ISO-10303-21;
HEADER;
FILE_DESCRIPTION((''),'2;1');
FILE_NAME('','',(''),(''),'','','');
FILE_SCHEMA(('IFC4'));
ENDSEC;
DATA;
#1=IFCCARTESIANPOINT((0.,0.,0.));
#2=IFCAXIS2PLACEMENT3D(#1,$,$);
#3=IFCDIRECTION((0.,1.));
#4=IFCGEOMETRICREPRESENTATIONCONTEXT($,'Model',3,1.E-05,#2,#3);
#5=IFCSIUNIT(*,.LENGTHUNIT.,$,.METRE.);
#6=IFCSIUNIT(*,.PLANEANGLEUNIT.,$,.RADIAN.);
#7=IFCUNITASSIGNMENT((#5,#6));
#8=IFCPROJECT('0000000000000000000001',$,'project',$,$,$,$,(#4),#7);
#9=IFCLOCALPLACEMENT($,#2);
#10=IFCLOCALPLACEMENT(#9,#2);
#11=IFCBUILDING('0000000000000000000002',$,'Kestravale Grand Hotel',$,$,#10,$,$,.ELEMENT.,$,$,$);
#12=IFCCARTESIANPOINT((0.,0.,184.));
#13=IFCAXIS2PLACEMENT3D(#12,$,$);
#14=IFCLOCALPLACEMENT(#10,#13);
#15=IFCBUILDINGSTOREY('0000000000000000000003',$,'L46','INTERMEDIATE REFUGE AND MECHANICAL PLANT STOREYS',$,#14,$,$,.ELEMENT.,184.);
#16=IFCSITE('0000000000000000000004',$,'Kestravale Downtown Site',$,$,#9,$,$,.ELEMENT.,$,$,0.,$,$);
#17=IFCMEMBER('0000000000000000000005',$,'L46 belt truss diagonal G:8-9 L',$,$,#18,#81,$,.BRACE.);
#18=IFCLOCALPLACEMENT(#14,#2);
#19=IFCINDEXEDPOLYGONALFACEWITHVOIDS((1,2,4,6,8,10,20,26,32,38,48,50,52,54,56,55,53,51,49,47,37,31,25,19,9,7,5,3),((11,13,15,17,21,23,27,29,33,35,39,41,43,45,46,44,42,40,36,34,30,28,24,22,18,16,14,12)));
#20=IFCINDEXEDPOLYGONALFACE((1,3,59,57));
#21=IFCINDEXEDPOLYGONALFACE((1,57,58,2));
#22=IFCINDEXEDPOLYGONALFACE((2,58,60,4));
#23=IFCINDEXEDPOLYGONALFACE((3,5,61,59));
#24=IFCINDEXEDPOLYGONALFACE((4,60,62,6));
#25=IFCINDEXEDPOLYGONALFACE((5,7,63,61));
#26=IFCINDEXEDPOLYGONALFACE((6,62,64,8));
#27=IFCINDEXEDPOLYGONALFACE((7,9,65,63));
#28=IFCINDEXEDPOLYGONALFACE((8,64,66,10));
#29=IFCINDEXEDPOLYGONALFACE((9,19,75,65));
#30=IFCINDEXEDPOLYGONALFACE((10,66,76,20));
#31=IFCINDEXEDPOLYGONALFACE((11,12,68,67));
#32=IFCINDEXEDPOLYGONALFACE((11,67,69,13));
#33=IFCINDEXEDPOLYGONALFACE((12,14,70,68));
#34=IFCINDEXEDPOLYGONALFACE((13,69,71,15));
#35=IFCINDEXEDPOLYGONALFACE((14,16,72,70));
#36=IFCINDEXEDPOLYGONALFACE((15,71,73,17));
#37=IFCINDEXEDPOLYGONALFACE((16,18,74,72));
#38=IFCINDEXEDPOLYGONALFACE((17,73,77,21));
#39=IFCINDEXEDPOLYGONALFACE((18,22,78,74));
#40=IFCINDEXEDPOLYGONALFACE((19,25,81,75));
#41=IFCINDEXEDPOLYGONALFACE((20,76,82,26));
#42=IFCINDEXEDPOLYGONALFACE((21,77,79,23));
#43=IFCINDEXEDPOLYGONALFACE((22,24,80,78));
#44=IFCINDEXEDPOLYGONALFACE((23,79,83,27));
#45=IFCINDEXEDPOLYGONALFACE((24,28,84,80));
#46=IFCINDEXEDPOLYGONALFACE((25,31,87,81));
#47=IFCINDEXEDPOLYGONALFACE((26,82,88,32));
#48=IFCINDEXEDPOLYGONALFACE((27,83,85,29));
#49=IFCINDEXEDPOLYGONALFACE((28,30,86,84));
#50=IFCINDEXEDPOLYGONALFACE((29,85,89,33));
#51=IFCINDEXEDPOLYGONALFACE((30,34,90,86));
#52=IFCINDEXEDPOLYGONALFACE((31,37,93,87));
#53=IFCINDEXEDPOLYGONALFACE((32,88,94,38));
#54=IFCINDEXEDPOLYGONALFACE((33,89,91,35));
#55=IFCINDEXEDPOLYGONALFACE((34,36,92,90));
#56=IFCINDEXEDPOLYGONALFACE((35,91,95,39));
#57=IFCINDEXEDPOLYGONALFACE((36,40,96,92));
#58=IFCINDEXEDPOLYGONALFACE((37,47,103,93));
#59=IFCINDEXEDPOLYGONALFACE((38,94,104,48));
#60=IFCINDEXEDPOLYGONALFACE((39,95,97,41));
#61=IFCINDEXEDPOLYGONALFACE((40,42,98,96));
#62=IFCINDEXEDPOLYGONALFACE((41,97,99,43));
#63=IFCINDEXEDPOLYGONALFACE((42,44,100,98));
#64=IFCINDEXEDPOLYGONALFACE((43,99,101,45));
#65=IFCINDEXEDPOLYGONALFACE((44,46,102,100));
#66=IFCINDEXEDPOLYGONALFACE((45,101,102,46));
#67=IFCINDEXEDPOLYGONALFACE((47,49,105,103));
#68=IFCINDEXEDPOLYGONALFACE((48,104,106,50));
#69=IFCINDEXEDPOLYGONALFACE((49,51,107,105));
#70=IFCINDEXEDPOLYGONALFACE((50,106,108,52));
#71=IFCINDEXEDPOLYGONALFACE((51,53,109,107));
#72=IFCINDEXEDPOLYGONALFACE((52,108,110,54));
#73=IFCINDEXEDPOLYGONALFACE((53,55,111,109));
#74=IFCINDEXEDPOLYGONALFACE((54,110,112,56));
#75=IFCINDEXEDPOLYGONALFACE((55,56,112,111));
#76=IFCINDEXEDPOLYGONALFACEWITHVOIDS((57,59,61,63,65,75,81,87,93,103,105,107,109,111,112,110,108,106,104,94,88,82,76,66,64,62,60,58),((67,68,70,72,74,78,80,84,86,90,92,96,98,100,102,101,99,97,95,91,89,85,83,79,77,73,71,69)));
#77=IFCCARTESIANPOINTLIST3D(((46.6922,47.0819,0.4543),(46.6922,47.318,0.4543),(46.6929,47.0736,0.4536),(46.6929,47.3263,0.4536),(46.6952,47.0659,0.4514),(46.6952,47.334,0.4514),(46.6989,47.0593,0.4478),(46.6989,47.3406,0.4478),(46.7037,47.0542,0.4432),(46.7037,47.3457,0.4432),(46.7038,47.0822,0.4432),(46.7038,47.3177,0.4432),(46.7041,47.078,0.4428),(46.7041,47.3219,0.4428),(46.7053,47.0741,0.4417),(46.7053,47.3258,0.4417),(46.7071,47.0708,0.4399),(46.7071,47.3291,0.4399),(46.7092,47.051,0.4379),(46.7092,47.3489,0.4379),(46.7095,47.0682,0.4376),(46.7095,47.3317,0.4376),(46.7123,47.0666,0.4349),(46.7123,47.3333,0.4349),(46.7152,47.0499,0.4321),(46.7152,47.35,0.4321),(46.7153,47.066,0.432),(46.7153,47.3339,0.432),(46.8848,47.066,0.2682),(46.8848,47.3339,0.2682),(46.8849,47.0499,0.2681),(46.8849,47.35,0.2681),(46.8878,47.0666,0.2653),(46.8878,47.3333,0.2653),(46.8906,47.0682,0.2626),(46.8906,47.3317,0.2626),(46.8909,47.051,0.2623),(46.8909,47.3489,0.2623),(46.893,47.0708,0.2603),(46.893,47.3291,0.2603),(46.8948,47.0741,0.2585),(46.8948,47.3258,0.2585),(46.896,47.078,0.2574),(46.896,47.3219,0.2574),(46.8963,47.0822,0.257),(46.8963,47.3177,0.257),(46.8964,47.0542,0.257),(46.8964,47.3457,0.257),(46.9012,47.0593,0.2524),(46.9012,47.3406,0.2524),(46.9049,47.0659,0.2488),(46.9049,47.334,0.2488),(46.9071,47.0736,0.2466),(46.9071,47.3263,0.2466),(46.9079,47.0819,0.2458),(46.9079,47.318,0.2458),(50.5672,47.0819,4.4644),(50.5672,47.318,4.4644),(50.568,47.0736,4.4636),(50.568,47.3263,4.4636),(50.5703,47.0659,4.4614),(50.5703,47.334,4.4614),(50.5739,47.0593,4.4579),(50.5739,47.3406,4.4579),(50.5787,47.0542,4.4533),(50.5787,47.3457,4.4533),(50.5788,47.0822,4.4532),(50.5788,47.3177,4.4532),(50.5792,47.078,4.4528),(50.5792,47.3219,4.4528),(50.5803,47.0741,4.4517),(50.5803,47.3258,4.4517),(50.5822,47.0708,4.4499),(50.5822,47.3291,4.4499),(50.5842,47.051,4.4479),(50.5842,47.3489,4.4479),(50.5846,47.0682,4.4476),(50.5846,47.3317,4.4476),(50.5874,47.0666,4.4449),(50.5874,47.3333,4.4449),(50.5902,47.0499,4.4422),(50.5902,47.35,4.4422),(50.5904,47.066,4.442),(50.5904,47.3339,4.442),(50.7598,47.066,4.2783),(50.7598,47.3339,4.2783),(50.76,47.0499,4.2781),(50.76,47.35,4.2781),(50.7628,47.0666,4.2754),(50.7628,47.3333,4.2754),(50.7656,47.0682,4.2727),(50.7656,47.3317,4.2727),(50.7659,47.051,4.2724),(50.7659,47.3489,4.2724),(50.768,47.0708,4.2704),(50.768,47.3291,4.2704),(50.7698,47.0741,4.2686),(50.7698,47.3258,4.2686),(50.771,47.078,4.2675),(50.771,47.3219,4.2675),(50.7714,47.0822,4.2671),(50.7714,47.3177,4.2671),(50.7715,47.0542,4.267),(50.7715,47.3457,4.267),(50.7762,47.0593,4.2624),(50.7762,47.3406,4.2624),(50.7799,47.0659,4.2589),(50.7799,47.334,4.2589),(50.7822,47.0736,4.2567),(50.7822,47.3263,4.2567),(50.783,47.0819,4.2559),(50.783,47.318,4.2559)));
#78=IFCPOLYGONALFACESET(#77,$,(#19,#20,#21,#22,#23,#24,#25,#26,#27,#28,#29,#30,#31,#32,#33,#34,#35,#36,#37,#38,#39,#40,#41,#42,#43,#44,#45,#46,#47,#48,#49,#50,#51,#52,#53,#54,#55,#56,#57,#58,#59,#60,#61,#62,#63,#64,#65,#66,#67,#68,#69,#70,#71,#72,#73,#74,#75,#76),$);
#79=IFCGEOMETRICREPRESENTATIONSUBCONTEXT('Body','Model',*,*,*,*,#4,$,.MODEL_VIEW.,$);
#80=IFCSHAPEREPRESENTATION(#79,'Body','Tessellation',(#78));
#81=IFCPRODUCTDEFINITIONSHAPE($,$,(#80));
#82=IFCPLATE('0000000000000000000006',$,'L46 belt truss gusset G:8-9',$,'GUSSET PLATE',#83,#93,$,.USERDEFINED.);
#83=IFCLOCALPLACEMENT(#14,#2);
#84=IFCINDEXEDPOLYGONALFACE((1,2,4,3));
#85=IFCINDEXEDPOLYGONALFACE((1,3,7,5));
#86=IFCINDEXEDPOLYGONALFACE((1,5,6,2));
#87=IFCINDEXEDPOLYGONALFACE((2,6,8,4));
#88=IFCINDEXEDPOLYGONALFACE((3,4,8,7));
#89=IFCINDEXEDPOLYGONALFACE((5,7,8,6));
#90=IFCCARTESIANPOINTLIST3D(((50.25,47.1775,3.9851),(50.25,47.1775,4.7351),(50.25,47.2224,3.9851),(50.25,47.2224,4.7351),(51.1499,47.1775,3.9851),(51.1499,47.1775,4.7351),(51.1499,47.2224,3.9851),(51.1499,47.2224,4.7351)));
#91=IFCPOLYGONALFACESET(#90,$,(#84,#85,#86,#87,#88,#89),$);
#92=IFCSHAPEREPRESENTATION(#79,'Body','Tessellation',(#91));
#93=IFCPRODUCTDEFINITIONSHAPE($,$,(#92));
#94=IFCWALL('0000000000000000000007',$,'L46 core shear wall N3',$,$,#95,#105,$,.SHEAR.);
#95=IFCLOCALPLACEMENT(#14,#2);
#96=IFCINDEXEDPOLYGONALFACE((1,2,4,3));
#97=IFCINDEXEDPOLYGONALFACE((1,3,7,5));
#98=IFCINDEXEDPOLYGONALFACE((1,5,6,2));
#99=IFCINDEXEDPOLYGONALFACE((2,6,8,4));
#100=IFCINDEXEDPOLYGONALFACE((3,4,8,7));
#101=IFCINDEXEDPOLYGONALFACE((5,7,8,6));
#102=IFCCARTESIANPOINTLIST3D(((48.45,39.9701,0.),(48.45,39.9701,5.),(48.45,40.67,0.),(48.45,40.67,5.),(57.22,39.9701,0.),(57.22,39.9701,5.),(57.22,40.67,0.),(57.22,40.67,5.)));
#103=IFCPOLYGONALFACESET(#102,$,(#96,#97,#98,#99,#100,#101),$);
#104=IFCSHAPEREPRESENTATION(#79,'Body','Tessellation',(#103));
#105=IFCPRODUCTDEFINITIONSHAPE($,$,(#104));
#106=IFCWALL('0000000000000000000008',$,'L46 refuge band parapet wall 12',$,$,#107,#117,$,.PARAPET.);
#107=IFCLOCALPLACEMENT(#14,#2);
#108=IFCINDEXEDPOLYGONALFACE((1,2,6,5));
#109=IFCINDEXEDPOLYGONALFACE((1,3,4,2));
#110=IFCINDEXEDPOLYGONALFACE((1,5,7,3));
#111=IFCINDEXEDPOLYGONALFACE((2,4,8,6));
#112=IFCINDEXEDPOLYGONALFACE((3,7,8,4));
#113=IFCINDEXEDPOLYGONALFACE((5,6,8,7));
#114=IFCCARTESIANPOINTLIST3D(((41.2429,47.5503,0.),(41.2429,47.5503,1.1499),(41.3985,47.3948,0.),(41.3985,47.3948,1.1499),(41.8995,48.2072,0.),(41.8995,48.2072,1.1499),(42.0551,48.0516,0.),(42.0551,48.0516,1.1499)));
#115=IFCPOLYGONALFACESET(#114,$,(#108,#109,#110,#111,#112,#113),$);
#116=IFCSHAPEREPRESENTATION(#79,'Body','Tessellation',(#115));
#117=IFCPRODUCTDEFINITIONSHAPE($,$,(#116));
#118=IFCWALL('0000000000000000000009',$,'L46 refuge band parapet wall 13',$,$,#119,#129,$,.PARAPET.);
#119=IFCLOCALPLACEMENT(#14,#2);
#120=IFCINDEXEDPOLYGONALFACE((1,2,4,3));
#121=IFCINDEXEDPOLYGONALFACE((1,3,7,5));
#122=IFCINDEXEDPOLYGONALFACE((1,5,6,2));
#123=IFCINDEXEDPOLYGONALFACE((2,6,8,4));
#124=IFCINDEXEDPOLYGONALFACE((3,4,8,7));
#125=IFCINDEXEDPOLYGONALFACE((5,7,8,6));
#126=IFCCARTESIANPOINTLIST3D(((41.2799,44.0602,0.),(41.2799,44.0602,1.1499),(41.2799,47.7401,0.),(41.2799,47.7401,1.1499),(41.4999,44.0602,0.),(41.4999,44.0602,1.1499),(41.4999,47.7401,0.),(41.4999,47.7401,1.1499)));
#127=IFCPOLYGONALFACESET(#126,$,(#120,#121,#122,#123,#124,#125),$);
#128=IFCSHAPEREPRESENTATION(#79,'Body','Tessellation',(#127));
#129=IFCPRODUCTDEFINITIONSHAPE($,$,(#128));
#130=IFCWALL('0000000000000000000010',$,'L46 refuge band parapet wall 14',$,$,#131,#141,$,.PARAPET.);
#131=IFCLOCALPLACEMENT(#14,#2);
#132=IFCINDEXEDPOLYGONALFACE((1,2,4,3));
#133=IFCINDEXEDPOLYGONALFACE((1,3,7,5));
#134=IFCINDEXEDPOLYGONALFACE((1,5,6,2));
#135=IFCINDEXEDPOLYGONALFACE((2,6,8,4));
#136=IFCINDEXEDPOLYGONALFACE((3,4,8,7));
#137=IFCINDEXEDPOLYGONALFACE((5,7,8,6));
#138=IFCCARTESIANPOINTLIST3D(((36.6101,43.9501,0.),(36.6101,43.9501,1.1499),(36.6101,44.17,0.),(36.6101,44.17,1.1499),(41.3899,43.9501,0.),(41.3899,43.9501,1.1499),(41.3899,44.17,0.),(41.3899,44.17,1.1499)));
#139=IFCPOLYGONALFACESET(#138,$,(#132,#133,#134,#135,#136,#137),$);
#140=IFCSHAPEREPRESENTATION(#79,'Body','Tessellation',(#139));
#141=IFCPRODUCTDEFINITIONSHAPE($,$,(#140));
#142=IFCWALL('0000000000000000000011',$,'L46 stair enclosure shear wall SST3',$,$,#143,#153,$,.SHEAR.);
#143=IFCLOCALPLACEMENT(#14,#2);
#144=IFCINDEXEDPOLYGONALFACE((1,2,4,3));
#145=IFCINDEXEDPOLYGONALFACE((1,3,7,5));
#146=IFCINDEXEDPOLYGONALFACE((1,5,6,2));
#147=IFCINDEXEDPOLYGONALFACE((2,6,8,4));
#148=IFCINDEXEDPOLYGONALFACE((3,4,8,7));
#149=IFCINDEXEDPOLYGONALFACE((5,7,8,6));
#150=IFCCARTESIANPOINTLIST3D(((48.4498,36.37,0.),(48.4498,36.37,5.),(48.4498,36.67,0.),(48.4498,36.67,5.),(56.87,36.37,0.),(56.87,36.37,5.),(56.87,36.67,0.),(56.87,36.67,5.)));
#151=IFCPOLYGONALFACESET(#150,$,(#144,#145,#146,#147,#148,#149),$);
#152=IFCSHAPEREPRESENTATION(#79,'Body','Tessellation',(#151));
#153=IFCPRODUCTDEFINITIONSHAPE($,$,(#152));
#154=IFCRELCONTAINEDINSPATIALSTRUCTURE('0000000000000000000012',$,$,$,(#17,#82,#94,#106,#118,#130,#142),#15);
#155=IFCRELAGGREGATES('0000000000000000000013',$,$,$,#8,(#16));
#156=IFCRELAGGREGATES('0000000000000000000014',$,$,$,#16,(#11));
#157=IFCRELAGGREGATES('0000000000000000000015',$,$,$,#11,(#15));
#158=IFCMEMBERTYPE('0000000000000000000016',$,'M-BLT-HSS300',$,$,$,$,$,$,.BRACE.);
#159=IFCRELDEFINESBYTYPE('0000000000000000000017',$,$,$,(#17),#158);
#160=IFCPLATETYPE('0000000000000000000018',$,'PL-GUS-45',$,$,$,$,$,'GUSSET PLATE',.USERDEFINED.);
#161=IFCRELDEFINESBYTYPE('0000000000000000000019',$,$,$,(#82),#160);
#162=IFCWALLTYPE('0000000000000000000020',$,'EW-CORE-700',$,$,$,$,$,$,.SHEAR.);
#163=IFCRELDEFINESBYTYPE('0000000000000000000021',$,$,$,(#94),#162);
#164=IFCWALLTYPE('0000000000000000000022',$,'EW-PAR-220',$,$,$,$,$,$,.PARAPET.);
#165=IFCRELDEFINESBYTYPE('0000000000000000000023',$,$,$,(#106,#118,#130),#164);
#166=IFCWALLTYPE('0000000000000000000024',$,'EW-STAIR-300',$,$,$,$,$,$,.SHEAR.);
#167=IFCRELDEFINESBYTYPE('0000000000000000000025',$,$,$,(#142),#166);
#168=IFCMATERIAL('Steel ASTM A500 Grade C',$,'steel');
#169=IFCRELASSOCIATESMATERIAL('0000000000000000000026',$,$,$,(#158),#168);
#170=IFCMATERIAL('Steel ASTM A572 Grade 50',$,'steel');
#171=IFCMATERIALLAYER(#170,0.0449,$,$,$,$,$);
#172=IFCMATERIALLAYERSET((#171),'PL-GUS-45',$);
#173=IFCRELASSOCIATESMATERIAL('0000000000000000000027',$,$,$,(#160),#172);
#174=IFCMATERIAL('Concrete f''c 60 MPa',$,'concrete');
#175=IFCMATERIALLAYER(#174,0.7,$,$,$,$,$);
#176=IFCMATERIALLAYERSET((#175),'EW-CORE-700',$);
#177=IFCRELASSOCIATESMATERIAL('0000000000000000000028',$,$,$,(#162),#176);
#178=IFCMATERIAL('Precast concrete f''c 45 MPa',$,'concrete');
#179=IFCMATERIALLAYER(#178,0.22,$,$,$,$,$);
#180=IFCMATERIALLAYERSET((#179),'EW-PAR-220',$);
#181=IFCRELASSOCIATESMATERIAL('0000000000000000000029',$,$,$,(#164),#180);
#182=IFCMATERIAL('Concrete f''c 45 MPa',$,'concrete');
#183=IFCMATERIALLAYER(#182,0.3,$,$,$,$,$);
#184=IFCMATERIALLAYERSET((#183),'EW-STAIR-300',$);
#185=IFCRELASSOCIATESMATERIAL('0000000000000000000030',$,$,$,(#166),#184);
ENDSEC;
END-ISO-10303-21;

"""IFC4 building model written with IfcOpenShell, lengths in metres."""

from ifc_helpers import new_model, si_unit, direction, frame, frame_2d, origin, origin_2d, place, context, subcontext, project, spatial, rectangle, hollow_rectangle, extrude, material, layer, layer_set, material_profile, profile_set, type_object, element, save


model = new_model("IFC4")

# Units and contexts
model_context = context("Model", 3, precision=1e-05, world=origin(), true_north=direction((0.0, 1.0)))
body_context = subcontext(model_context, "Body", "Model", "MODEL_VIEW")
ifc_project = project(units=[si_unit("LENGTHUNIT", "METRE"), si_unit("PLANEANGLEUNIT", "RADIAN")], contexts=[model_context])

# Site, building, storey
site_placement = place(None, origin())
site = spatial("IfcSite", under=ifc_project, at=site_placement, Name="Kestravale Downtown Site", CompositionType="ELEMENT", RefElevation=0.0)
building_placement = place(site_placement, origin())
building = spatial("IfcBuilding", under=site, at=building_placement, Name="Kestravale Grand Hotel", CompositionType="ELEMENT")
storey_placement = place(building_placement, frame((0.0, 0.0, 184.0)))
storey = spatial("IfcBuildingStorey", under=building, at=storey_placement, Name="L46", Description="INTERMEDIATE REFUGE AND MECHANICAL PLANT STOREYS", CompositionType="ELEMENT", Elevation=184.0)

# Member
ifc_material_1 = material(Name="Steel ASTM A500 Grade C", Category="steel")
ifc_material_profile_1 = material_profile(ifc_material_1, hollow_rectangle(XDim=0.3, YDim=0.3, WallThickness=0.0161, InnerFilletRadius=0.0161, OuterFilletRadius=0.032, at=origin_2d()))
ifc_profile_set_1 = profile_set([ifc_material_profile_1], Name="Steel ASTM A500 Grade C")
member_type_1 = type_object("IfcMemberType", Name="M-BLT-HSS300", PredefinedType="BRACE", material=ifc_profile_set_1)
member_1_placement = place(storey_placement, frame((46.8, 47.2, 0.3501), z_axis=(0.694898, 0.0, 0.719109), x_axis=(0.0, 1.0, 0.0)))
element("IfcMember", 1, at=member_1_placement, inside=storey, type_object=member_type_1, Name="L46 belt truss diagonal G:8-9 L", PredefinedType="BRACE", context=body_context, shape_type="SweptSolid", body=[
    extrude(hollow_rectangle(XDim=0.3, YDim=0.3, WallThickness=0.0161, InnerFilletRadius=0.0161, OuterFilletRadius=0.032, at=origin_2d()), origin(), (0.0, 0.0, 1.0), 5.5764),
])

# Plate
ifc_material_2 = material(Name="Steel ASTM A572 Grade 50", Category="steel")
ifc_layer_1 = layer(ifc_material_2, 0.0449)
ifc_layer_set_1 = layer_set([ifc_layer_1], Name="PL-GUS-45")
plate_type = type_object("IfcPlateType", Name="PL-GUS-45", ElementType="GUSSET PLATE", PredefinedType="USERDEFINED", material=ifc_layer_set_1)
plate_placement = place(storey_placement, frame((50.7, 47.2, 3.9851), z_axis=(0.0, 0.0, 1.0), x_axis=(1.0, 0.0, 0.0)))
element("IfcPlate", 2, at=plate_placement, inside=storey, type_object=plate_type, Name="L46 belt truss gusset G:8-9", ObjectType="GUSSET PLATE", PredefinedType="USERDEFINED", context=body_context, shape_type="SweptSolid", body=[
    extrude(rectangle(XDim=0.8999, YDim=0.0449, at=origin_2d()), origin(), (0.0, 0.0, 1.0), 0.75),
])

# Walls
ifc_material_3 = material(Name="Concrete f'c 60 MPa", Category="concrete")
ifc_layer_2 = layer(ifc_material_3, 0.7)
ifc_layer_set_2 = layer_set([ifc_layer_2], Name="EW-CORE-700")
wall_type_1 = type_object("IfcWallType", Name="EW-CORE-700", PredefinedType="SHEAR", material=ifc_layer_set_2)
wall_1_placement = place(storey_placement, frame((48.45, 40.3201, 0.0), z_axis=(0.0, 0.0, 1.0), x_axis=(1.0, 0.0, 0.0)))
element("IfcWall", 3, at=wall_1_placement, inside=storey, type_object=wall_type_1, Name="L46 core shear wall N3", PredefinedType="SHEAR", context=body_context, shape_type="SweptSolid", body=[
    extrude(rectangle(XDim=8.77, YDim=0.7, at=frame_2d((4.385, 0.0))), origin(), (0.0, 0.0, 1.0), 5.0),
])
ifc_material_4 = material(Name="Precast concrete f'c 45 MPa", Category="concrete")
ifc_layer_3 = layer(ifc_material_4, 0.22)
ifc_layer_set_3 = layer_set([ifc_layer_3], Name="EW-PAR-220")
wall_type_2 = type_object("IfcWallType", Name="EW-PAR-220", PredefinedType="PARAPET", material=ifc_layer_set_3)
wall_2_placement = place(storey_placement, frame((41.9773, 48.1294, 0.0), z_axis=(0.0, 0.0, 1.0), x_axis=(-0.706975, -0.707238, 0.0)))
element("IfcWall", 4, at=wall_2_placement, inside=storey, type_object=wall_type_2, Name="L46 refuge band parapet wall 12", PredefinedType="PARAPET", context=body_context, shape_type="SweptSolid", body=[
    extrude(rectangle(XDim=0.9287, YDim=0.22, at=frame_2d((0.4644, 0.0))), origin(), (0.0, 0.0, 1.0), 1.1499),
])
wall_3_placement = place(storey_placement, frame((41.3899, 47.74, 0.0), z_axis=(0.0, 0.0, 1.0), x_axis=(0.0, -1.0, 0.0)))
element("IfcWall", 5, at=wall_3_placement, inside=storey, type_object=wall_type_2, Name="L46 refuge band parapet wall 13", PredefinedType="PARAPET", context=body_context, shape_type="SweptSolid", body=[
    extrude(rectangle(XDim=3.6799, YDim=0.22, at=frame_2d((1.8398, 0.0))), origin(), (0.0, 0.0, 1.0), 1.1499),
])
wall_4_placement = place(storey_placement, frame((41.3899, 44.0601, 0.0), z_axis=(0.0, 0.0, 1.0), x_axis=(-1.0, 0.0, 0.0)))
element("IfcWall", 6, at=wall_4_placement, inside=storey, type_object=wall_type_2, Name="L46 refuge band parapet wall 14", PredefinedType="PARAPET", context=body_context, shape_type="SweptSolid", body=[
    extrude(rectangle(XDim=4.7798, YDim=0.22, at=frame_2d((2.3899, 0.0))), origin(), (0.0, 0.0, 1.0), 1.1499),
])
ifc_material_5 = material(Name="Concrete f'c 45 MPa", Category="concrete")
ifc_layer_4 = layer(ifc_material_5, 0.3)
ifc_layer_set_4 = layer_set([ifc_layer_4], Name="EW-STAIR-300")
wall_type_3 = type_object("IfcWallType", Name="EW-STAIR-300", PredefinedType="SHEAR", material=ifc_layer_set_4)
wall_5_placement = place(storey_placement, frame((48.45, 36.52, 0.0), z_axis=(0.0, 0.0, 1.0), x_axis=(1.0, 0.0, 0.0)))
element("IfcWall", 7, at=wall_5_placement, inside=storey, type_object=wall_type_3, Name="L46 stair enclosure shear wall SST3", PredefinedType="SHEAR", context=body_context, shape_type="SweptSolid", body=[
    extrude(rectangle(XDim=8.4202, YDim=0.3, at=frame_2d((4.21, 0.0))), origin(), (0.0, 0.0, 1.0), 5.0),
])

save(model, "model.ifc")
